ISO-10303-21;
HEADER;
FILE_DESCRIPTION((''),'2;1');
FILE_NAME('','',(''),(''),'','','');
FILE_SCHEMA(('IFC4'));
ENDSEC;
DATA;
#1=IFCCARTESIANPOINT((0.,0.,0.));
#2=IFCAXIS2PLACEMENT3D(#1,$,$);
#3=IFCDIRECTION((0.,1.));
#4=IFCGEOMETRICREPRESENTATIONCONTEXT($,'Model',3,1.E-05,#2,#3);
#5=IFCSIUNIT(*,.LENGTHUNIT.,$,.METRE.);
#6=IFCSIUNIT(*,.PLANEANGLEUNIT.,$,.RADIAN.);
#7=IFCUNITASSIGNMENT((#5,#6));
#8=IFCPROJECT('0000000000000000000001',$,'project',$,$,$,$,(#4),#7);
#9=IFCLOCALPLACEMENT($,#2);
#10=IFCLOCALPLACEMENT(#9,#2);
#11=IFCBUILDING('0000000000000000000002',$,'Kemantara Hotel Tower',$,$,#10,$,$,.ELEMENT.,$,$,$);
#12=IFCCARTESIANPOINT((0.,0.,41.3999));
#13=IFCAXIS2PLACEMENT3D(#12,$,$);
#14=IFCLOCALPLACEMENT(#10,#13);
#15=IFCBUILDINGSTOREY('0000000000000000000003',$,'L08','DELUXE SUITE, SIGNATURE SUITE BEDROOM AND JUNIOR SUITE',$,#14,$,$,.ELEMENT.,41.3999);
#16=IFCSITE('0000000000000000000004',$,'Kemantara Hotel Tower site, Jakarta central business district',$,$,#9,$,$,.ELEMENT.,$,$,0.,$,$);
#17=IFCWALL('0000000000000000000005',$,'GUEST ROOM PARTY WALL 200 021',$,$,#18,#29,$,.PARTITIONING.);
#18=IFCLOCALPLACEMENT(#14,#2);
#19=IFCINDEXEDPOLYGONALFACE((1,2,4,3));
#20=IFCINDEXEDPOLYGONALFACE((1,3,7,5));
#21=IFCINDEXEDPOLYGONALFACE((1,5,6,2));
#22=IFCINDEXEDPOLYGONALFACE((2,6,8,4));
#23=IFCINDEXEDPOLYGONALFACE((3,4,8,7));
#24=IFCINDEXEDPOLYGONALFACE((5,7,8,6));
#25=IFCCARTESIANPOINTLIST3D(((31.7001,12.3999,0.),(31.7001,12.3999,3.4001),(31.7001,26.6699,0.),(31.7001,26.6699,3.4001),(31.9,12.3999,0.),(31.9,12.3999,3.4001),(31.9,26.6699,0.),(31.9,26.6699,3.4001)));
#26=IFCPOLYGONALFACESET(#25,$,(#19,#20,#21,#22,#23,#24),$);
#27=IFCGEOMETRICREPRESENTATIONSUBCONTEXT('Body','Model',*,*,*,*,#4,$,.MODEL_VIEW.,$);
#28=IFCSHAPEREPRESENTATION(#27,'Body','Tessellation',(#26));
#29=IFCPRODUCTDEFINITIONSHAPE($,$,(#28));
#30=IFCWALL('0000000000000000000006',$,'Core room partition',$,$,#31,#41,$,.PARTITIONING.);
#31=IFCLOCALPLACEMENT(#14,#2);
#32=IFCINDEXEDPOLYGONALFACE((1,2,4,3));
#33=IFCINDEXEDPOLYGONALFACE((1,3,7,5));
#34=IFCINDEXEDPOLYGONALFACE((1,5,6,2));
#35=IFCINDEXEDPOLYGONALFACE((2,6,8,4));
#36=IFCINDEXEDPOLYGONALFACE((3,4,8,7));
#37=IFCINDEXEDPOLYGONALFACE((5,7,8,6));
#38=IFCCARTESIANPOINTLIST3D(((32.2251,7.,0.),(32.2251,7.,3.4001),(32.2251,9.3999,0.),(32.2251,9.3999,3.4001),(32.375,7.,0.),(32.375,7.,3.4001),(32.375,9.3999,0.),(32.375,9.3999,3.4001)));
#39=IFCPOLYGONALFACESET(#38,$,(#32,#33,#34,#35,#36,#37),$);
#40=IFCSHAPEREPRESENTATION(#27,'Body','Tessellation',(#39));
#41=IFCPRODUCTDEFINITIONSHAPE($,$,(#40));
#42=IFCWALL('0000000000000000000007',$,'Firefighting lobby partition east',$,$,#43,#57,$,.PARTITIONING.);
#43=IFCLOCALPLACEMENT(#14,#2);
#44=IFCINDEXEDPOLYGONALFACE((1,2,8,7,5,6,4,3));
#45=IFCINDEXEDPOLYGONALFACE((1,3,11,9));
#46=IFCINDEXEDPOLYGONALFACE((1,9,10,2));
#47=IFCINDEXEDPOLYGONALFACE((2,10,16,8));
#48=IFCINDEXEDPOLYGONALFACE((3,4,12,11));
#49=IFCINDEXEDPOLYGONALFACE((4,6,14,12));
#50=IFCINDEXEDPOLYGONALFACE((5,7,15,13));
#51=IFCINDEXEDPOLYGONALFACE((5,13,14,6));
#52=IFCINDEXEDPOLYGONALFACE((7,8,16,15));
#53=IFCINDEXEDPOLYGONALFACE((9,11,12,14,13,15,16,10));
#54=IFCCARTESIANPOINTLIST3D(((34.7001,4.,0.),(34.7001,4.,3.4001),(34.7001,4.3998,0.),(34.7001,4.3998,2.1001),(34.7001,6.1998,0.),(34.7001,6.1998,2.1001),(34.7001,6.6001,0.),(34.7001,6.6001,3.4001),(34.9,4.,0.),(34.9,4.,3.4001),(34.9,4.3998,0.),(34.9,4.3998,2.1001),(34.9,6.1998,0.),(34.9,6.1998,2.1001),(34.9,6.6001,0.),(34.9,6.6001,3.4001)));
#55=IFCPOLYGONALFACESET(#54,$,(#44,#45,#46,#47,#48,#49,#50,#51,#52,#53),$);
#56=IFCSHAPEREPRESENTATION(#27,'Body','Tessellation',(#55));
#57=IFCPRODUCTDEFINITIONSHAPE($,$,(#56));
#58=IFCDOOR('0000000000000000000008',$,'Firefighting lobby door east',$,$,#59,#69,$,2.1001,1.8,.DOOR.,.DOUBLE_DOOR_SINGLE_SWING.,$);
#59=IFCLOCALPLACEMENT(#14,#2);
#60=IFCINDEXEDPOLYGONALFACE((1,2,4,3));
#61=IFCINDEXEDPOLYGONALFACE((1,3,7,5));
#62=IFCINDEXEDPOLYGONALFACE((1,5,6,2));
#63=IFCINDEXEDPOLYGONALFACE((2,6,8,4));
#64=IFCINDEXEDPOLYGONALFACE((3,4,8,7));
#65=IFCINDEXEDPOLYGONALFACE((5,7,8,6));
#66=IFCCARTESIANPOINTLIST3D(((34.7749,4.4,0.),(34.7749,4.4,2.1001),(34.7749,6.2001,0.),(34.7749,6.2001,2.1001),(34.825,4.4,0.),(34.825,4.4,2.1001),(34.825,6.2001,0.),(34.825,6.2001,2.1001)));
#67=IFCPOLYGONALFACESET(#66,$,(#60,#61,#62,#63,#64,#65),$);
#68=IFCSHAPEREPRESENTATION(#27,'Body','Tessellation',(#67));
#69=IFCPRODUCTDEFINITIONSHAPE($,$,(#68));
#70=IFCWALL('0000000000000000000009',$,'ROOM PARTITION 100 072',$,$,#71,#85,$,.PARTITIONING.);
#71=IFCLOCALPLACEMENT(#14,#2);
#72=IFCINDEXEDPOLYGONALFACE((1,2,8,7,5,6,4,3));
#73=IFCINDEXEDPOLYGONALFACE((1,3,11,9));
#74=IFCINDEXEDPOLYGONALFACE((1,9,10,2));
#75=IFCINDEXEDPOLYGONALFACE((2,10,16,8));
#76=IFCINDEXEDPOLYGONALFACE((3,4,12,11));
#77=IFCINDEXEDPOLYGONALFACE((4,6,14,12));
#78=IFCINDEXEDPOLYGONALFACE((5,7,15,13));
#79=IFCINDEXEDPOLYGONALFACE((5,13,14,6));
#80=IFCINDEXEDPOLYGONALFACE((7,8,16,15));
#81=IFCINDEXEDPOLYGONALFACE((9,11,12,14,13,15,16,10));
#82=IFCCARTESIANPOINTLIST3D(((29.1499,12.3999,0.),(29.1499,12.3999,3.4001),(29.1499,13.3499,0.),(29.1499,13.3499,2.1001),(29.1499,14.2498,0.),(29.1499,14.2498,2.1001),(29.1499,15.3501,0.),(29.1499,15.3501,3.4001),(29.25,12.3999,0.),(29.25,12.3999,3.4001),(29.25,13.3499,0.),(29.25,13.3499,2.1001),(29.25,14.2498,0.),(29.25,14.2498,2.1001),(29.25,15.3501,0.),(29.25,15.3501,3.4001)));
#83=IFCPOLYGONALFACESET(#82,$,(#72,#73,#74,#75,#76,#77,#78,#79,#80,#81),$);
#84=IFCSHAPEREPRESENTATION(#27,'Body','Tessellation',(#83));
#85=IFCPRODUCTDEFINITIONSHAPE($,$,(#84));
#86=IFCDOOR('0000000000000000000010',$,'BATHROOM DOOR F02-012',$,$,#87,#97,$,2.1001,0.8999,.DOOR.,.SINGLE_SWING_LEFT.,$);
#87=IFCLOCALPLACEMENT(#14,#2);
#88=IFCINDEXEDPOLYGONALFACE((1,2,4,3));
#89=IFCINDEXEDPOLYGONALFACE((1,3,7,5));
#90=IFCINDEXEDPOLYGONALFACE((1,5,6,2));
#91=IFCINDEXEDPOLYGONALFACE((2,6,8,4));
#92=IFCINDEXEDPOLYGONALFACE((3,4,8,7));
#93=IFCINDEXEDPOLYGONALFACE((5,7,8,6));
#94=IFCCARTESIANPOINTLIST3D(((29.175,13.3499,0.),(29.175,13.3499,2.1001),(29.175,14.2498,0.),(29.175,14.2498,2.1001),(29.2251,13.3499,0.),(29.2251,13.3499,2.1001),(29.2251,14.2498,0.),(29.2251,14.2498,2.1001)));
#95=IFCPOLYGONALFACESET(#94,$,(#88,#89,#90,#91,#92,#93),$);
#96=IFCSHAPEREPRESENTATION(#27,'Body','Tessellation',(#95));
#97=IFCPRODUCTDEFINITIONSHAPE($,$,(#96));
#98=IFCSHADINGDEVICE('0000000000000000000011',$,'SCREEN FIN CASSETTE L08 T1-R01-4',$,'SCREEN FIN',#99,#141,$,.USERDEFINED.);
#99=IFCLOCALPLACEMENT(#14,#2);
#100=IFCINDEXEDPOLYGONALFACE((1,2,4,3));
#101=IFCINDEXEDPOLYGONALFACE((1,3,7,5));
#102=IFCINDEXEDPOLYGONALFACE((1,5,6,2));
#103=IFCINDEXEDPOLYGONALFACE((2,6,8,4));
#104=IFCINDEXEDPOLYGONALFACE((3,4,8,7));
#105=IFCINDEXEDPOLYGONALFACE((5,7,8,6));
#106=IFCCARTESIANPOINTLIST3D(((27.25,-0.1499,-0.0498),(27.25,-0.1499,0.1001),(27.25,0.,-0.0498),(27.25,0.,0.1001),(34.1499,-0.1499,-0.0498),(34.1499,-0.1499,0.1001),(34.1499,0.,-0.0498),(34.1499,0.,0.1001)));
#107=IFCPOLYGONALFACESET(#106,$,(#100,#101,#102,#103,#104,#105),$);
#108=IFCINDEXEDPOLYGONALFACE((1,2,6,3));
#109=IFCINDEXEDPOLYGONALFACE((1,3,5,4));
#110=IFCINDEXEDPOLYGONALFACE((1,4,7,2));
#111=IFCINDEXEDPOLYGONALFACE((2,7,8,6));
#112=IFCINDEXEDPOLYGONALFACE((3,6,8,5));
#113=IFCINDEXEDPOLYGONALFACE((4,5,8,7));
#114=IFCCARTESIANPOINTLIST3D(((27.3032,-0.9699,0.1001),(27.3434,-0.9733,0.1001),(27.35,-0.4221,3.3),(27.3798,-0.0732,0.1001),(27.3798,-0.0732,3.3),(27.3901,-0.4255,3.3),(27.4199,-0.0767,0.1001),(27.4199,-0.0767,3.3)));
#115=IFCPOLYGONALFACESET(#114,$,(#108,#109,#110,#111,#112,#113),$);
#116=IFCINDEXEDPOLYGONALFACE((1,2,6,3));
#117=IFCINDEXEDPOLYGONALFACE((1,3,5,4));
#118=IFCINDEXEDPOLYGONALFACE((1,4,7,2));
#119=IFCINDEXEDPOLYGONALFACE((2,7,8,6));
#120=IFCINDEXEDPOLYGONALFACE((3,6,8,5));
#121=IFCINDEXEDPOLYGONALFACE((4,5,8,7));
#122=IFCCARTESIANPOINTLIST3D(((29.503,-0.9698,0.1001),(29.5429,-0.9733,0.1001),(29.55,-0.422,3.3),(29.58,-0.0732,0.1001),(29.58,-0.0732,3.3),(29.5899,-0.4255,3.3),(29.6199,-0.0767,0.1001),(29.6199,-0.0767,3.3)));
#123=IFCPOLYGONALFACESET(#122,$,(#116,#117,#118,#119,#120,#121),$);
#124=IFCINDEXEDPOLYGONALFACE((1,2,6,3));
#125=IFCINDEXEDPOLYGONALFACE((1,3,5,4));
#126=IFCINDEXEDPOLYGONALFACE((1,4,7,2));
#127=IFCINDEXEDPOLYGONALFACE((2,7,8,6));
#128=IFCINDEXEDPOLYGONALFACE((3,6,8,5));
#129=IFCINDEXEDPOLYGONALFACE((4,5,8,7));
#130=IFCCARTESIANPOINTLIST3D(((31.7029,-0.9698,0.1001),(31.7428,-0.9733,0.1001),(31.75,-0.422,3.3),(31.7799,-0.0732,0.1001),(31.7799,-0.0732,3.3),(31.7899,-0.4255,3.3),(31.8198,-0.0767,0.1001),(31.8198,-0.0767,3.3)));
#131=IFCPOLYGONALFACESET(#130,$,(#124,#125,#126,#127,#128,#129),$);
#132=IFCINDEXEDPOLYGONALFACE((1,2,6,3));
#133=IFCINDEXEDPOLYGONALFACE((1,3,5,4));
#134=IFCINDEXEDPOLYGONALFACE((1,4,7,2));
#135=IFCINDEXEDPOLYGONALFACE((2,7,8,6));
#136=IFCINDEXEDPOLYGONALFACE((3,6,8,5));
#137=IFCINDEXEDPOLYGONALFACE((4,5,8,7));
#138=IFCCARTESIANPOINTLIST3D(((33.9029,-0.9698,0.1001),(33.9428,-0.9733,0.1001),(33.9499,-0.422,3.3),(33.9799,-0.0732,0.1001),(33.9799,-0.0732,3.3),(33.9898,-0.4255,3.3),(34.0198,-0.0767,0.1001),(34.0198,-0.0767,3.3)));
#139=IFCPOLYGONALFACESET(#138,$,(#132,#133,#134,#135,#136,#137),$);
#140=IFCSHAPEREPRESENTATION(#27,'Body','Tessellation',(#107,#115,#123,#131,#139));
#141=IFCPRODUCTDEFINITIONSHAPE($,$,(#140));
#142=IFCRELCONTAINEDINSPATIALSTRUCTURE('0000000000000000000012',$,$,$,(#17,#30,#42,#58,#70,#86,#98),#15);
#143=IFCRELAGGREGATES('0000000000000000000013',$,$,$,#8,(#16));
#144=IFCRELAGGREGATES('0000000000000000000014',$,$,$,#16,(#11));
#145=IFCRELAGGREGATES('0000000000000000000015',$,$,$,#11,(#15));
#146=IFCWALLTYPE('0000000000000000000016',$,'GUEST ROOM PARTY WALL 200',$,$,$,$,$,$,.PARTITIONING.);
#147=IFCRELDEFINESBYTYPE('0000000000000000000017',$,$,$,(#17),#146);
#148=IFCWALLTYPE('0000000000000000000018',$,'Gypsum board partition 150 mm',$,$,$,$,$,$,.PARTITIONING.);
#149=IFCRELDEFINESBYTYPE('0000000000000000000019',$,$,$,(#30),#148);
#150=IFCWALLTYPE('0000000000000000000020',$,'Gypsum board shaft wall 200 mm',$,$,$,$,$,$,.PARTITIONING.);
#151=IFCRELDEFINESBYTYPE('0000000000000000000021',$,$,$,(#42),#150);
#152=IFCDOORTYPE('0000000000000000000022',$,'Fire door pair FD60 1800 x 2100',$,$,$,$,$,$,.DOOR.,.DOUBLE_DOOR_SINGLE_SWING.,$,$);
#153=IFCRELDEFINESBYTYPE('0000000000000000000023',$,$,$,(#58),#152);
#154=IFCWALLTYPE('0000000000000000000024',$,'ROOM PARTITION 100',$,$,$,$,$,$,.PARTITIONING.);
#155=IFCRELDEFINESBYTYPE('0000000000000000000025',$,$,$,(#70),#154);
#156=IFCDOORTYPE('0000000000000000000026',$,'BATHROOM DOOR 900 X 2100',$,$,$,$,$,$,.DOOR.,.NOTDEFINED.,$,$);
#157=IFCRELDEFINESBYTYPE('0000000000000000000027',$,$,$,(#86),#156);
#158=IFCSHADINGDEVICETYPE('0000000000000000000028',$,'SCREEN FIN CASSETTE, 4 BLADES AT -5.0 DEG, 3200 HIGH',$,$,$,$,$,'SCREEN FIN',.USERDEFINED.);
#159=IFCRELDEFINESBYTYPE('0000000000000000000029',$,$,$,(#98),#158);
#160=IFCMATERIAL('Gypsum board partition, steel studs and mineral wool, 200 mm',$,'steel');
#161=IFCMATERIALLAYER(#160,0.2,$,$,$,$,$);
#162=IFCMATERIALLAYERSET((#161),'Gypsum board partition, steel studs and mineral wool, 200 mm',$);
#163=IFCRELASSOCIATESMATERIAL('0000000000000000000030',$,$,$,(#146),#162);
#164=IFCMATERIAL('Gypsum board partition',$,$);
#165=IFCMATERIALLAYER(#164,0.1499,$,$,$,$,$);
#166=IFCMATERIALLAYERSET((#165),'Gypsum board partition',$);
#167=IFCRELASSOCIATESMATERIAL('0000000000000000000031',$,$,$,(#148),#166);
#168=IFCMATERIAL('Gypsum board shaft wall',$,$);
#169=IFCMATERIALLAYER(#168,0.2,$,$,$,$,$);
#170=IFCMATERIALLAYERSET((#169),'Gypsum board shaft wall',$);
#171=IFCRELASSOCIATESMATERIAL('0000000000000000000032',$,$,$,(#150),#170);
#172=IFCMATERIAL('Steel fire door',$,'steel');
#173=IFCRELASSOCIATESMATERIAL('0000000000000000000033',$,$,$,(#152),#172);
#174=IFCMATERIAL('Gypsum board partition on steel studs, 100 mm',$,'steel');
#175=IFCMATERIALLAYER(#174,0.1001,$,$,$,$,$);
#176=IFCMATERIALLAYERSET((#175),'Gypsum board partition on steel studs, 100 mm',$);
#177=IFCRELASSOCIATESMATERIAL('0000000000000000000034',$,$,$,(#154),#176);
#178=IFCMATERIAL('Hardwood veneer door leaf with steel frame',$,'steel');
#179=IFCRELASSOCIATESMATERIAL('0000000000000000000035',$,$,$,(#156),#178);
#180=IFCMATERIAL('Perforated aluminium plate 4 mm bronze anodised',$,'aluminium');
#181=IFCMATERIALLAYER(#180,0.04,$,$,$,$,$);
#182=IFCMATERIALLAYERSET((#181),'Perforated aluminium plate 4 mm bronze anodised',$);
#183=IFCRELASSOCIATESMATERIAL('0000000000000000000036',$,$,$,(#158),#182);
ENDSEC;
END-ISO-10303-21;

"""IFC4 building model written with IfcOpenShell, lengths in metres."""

from ifc_helpers import new_model, si_unit, direction, frame, frame_2d, origin, origin_2d, place, context, subcontext, project, spatial, polyline, rectangle, outline, extrude, source, transform, mapped, material, layer, layer_set, type_object, element, fill, save


model = new_model("IFC4")

# Units and contexts
model_context = context("Model", 3, precision=1e-05, world=origin(), true_north=direction((0.0, 1.0)))
body_context = subcontext(model_context, "Body", "Model", "MODEL_VIEW")
ifc_project = project(units=[si_unit("LENGTHUNIT", "METRE"), si_unit("PLANEANGLEUNIT", "RADIAN")], contexts=[model_context])

# Site, building, storey
site_placement = place(None, origin())
site = spatial("IfcSite", under=ifc_project, at=site_placement, Name="Kemantara Hotel Tower site, Jakarta central business district", CompositionType="ELEMENT", RefElevation=0.0)
building_placement = place(site_placement, origin())
building = spatial("IfcBuilding", under=site, at=building_placement, Name="Kemantara Hotel Tower", CompositionType="ELEMENT")
storey_placement = place(building_placement, frame((0.0, 0.0, 41.3999)))
storey = spatial("IfcBuildingStorey", under=building, at=storey_placement, Name="L08", Description="DELUXE SUITE, SIGNATURE SUITE BEDROOM AND JUNIOR SUITE", CompositionType="ELEMENT", Elevation=41.3999)

# Shared definitions
ifc_material_1 = material(Name="Steel fire door", Category="steel")
ifc_material_2 = material(Name="Gypsum board partition, steel studs and mineral wool, 200 mm", Category="steel")
ifc_material_3 = material(Name="Hardwood veneer door leaf with steel frame", Category="steel")

# Walls
ifc_layer_1 = layer(ifc_material_2, 0.2)
ifc_layer_set_1 = layer_set([ifc_layer_1], Name="Gypsum board partition, steel studs and mineral wool, 200 mm")
wall_type_1 = type_object("IfcWallType", Name="GUEST ROOM PARTY WALL 200", PredefinedType="PARTITIONING", material=ifc_layer_set_1)
wall_1_placement = place(storey_placement, frame((31.8, 12.3999, 0.0), z_axis=(0.0, 0.0, 1.0), x_axis=(0.0, 1.0, 0.0)))
element("IfcWall", 1, at=wall_1_placement, inside=storey, type_object=wall_type_1, Name="GUEST ROOM PARTY WALL 200 021", PredefinedType="PARTITIONING", context=body_context, shape_type="SweptSolid", body=[
    extrude(rectangle(XDim=14.27, YDim=0.2, at=frame_2d((7.135, 0.0))), origin(), (0.0, 0.0, 1.0), 3.4001),
])
ifc_material_4 = material(Name="Gypsum board partition")
ifc_layer_2 = layer(ifc_material_4, 0.1499)
ifc_layer_set_2 = layer_set([ifc_layer_2], Name="Gypsum board partition")
wall_type_2 = type_object("IfcWallType", Name="Gypsum board partition 150 mm", PredefinedType="PARTITIONING", material=ifc_layer_set_2)
wall_2_placement = place(storey_placement, frame((32.3, 7.0, 0.0), z_axis=(0.0, 0.0, 1.0), x_axis=(0.0, 1.0, 0.0)))
element("IfcWall", 2, at=wall_2_placement, inside=storey, type_object=wall_type_2, Name="Core room partition", PredefinedType="PARTITIONING", context=body_context, shape_type="SweptSolid", body=[
    extrude(rectangle(XDim=2.3999, YDim=0.1499, at=frame_2d((1.2, 0.0))), origin(), (0.0, 0.0, 1.0), 3.4001),
])

# Walls, openings, doors
ifc_material_5 = material(Name="Gypsum board shaft wall")
ifc_layer_3 = layer(ifc_material_5, 0.2)
ifc_layer_set_3 = layer_set([ifc_layer_3], Name="Gypsum board shaft wall")
wall_type_3 = type_object("IfcWallType", Name="Gypsum board shaft wall 200 mm", PredefinedType="PARTITIONING", material=ifc_layer_set_3)
wall_3_placement = place(storey_placement, frame((34.8, 4.0, 0.0), z_axis=(0.0, 0.0, 1.0), x_axis=(0.0, 1.0, 0.0)))
wall_3 = element("IfcWall", 3, at=wall_3_placement, inside=storey, type_object=wall_type_3, Name="Firefighting lobby partition east", PredefinedType="PARTITIONING", context=body_context, shape_type="SweptSolid", body=[
    extrude(rectangle(XDim=2.6001, YDim=0.2, at=frame_2d((1.3, 0.0))), origin(), (0.0, 0.0, 1.0), 3.4001),
])
opening_1_placement = place(wall_3_placement, frame((0.3999, 0.0, 0.0)))
opening_1 = element("IfcOpeningElement", 4, at=opening_1_placement, cuts=wall_3, PredefinedType="OPENING", context=body_context, shape_type="SweptSolid", body=[
    extrude(rectangle(XDim=1.8, YDim=2.1001, at=frame_2d((0.8999, 1.05))), frame((0.0, 0.1099, 0.0), z_axis=(0.0, -1.0, 0.0), x_axis=(1.0, 0.0, 0.0)), (0.0, 0.0, 1.0), 0.22),
])
door_type_1 = type_object("IfcDoorType", Name="Fire door pair FD60 1800 x 2100", OperationType="DOUBLE_DOOR_SINGLE_SWING", PredefinedType="DOOR", material=ifc_material_1)
door_1_placement = place(opening_1_placement, frame((1.8, 0.0, 0.0), z_axis=(0.0, 0.0, 1.0), x_axis=(-1.0, 0.0, 0.0)))
door_1 = element("IfcDoor", 5, at=door_1_placement, inside=storey, type_object=door_type_1, Name="Firefighting lobby door east", OperationType="DOUBLE_DOOR_SINGLE_SWING", OverallHeight=2.1001, OverallWidth=1.8, PredefinedType="DOOR", context=body_context, shape_type="SweptSolid", body=[
    extrude(rectangle(XDim=1.8, YDim=2.1001, at=frame_2d((0.8999, 1.05))), frame((0.0, 0.0249, 0.0), z_axis=(0.0, -1.0, 0.0), x_axis=(1.0, 0.0, 0.0)), (0.0, 0.0, 1.0), 0.05),
])
fill(opening_1, door_1)
ifc_material_6 = material(Name="Gypsum board partition on steel studs, 100 mm", Category="steel")
ifc_layer_4 = layer(ifc_material_6, 0.1001)
ifc_layer_set_4 = layer_set([ifc_layer_4], Name="Gypsum board partition on steel studs, 100 mm")
wall_type_4 = type_object("IfcWallType", Name="ROOM PARTITION 100", PredefinedType="PARTITIONING", material=ifc_layer_set_4)
wall_4_placement = place(storey_placement, frame((29.2, 12.3999, 0.0), z_axis=(0.0, 0.0, 1.0), x_axis=(0.0, 1.0, 0.0)))
wall_4 = element("IfcWall", 6, at=wall_4_placement, inside=storey, type_object=wall_type_4, Name="ROOM PARTITION 100 072", PredefinedType="PARTITIONING", context=body_context, shape_type="SweptSolid", body=[
    extrude(rectangle(XDim=2.9502, YDim=0.1001, at=frame_2d((1.4751, 0.0))), origin(), (0.0, 0.0, 1.0), 3.4001),
])
opening_2_placement = place(wall_4_placement, frame((0.95, 0.0, 0.0)))
opening_2 = element("IfcOpeningElement", 7, at=opening_2_placement, cuts=wall_4, PredefinedType="OPENING", context=body_context, shape_type="SweptSolid", body=[
    extrude(rectangle(XDim=0.8999, YDim=2.1001, at=frame_2d((0.45, 1.05))), frame((0.0, 0.0601, 0.0), z_axis=(0.0, -1.0, 0.0), x_axis=(1.0, 0.0, 0.0)), (0.0, 0.0, 1.0), 0.1201),
])
door_type_2 = type_object("IfcDoorType", Name="BATHROOM DOOR 900 X 2100", OperationType="NOTDEFINED", PredefinedType="DOOR", material=ifc_material_3)
door_2_placement = place(opening_2_placement, origin())
door_2 = element("IfcDoor", 8, at=door_2_placement, inside=storey, type_object=door_type_2, Name="BATHROOM DOOR F02-012", OperationType="SINGLE_SWING_LEFT", OverallHeight=2.1001, OverallWidth=0.8999, PredefinedType="DOOR", context=body_context, shape_type="SweptSolid", body=[
    extrude(rectangle(XDim=0.8999, YDim=2.1001, at=frame_2d((0.45, 1.05))), frame((0.0, 0.0249, 0.0), z_axis=(0.0, -1.0, 0.0), x_axis=(1.0, 0.0, 0.0)), (0.0, 0.0, 1.0), 0.05),
])
fill(opening_2, door_2)

# Shading device
ifc_material_7 = material(Name="Perforated aluminium plate 4 mm bronze anodised", Category="aluminium")
ifc_layer_5 = layer(ifc_material_7, 0.04)
ifc_layer_set_5 = layer_set([ifc_layer_5], Name="Perforated aluminium plate 4 mm bronze anodised")
shading_device_type = type_object("IfcShadingDeviceType", Name="SCREEN FIN CASSETTE, 4 BLADES AT -5.0 DEG, 3200 HIGH", ElementType="SCREEN FIN", PredefinedType="USERDEFINED", material=ifc_layer_set_5)
shared_shape = source(origin(), body_context, "Body", "SweptSolid", [
    extrude(rectangle(XDim=6.8999, YDim=0.1499, at=origin_2d()), frame((3.3, -0.075, -0.1499), z_axis=(0.0, 0.0, 1.0), x_axis=(1.0, 0.0, 0.0)), (0.0, 0.0, 1.0), 0.1499),
    extrude(outline(polyline([(0.0, 0.0), (0.8999, 0.0), (0.3501, 3.2), (0.0, 3.2), (0.0, 0.0)])), frame((0.02, -0.0767, 0.0), z_axis=(-0.996376, 0.085056, 0.0), x_axis=(-0.085056, -0.996376, 0.0)), (0.0, 0.0, 1.0), 0.0403),
    extrude(outline(polyline([(0.0, 0.0), (0.8999, 0.0), (0.3501, 3.2), (0.0, 3.2), (0.0, 0.0)])), frame((2.22, -0.0767, 0.0), z_axis=(-0.996332, 0.085575, 0.0), x_axis=(-0.085575, -0.996332, 0.0)), (0.0, 0.0, 1.0), 0.04),
    extrude(outline(polyline([(0.0, 0.0), (0.8999, 0.0), (0.3501, 3.2), (0.0, 3.2), (0.0, 0.0)])), frame((4.4199, -0.0767, 0.0), z_axis=(-0.996332, 0.085575, 0.0), x_axis=(-0.085575, -0.996332, 0.0)), (0.0, 0.0, 1.0), 0.04),
    extrude(outline(polyline([(0.0, 0.0), (0.8999, 0.0), (0.3501, 3.2), (0.0, 3.2), (0.0, 0.0)])), frame((6.6199, -0.0767, 0.0), z_axis=(-0.996332, 0.085575, 0.0), x_axis=(-0.085575, -0.996332, 0.0)), (0.0, 0.0, 1.0), 0.04),
])
shading_device_placement = place(storey_placement, frame((27.3999, 0.0, 0.1001), z_axis=(0.0, 0.0, 1.0), x_axis=(1.0, 0.0, 0.0)))
element("IfcShadingDevice", 9, at=shading_device_placement, inside=storey, type_object=shading_device_type, Name="SCREEN FIN CASSETTE L08 T1-R01-4", ObjectType="SCREEN FIN", PredefinedType="USERDEFINED", context=body_context, shape_type="MappedRepresentation", body=[
    mapped(shared_shape, transform((0.0, 0.0, 0.0))),
])

save(model, "model.ifc")
